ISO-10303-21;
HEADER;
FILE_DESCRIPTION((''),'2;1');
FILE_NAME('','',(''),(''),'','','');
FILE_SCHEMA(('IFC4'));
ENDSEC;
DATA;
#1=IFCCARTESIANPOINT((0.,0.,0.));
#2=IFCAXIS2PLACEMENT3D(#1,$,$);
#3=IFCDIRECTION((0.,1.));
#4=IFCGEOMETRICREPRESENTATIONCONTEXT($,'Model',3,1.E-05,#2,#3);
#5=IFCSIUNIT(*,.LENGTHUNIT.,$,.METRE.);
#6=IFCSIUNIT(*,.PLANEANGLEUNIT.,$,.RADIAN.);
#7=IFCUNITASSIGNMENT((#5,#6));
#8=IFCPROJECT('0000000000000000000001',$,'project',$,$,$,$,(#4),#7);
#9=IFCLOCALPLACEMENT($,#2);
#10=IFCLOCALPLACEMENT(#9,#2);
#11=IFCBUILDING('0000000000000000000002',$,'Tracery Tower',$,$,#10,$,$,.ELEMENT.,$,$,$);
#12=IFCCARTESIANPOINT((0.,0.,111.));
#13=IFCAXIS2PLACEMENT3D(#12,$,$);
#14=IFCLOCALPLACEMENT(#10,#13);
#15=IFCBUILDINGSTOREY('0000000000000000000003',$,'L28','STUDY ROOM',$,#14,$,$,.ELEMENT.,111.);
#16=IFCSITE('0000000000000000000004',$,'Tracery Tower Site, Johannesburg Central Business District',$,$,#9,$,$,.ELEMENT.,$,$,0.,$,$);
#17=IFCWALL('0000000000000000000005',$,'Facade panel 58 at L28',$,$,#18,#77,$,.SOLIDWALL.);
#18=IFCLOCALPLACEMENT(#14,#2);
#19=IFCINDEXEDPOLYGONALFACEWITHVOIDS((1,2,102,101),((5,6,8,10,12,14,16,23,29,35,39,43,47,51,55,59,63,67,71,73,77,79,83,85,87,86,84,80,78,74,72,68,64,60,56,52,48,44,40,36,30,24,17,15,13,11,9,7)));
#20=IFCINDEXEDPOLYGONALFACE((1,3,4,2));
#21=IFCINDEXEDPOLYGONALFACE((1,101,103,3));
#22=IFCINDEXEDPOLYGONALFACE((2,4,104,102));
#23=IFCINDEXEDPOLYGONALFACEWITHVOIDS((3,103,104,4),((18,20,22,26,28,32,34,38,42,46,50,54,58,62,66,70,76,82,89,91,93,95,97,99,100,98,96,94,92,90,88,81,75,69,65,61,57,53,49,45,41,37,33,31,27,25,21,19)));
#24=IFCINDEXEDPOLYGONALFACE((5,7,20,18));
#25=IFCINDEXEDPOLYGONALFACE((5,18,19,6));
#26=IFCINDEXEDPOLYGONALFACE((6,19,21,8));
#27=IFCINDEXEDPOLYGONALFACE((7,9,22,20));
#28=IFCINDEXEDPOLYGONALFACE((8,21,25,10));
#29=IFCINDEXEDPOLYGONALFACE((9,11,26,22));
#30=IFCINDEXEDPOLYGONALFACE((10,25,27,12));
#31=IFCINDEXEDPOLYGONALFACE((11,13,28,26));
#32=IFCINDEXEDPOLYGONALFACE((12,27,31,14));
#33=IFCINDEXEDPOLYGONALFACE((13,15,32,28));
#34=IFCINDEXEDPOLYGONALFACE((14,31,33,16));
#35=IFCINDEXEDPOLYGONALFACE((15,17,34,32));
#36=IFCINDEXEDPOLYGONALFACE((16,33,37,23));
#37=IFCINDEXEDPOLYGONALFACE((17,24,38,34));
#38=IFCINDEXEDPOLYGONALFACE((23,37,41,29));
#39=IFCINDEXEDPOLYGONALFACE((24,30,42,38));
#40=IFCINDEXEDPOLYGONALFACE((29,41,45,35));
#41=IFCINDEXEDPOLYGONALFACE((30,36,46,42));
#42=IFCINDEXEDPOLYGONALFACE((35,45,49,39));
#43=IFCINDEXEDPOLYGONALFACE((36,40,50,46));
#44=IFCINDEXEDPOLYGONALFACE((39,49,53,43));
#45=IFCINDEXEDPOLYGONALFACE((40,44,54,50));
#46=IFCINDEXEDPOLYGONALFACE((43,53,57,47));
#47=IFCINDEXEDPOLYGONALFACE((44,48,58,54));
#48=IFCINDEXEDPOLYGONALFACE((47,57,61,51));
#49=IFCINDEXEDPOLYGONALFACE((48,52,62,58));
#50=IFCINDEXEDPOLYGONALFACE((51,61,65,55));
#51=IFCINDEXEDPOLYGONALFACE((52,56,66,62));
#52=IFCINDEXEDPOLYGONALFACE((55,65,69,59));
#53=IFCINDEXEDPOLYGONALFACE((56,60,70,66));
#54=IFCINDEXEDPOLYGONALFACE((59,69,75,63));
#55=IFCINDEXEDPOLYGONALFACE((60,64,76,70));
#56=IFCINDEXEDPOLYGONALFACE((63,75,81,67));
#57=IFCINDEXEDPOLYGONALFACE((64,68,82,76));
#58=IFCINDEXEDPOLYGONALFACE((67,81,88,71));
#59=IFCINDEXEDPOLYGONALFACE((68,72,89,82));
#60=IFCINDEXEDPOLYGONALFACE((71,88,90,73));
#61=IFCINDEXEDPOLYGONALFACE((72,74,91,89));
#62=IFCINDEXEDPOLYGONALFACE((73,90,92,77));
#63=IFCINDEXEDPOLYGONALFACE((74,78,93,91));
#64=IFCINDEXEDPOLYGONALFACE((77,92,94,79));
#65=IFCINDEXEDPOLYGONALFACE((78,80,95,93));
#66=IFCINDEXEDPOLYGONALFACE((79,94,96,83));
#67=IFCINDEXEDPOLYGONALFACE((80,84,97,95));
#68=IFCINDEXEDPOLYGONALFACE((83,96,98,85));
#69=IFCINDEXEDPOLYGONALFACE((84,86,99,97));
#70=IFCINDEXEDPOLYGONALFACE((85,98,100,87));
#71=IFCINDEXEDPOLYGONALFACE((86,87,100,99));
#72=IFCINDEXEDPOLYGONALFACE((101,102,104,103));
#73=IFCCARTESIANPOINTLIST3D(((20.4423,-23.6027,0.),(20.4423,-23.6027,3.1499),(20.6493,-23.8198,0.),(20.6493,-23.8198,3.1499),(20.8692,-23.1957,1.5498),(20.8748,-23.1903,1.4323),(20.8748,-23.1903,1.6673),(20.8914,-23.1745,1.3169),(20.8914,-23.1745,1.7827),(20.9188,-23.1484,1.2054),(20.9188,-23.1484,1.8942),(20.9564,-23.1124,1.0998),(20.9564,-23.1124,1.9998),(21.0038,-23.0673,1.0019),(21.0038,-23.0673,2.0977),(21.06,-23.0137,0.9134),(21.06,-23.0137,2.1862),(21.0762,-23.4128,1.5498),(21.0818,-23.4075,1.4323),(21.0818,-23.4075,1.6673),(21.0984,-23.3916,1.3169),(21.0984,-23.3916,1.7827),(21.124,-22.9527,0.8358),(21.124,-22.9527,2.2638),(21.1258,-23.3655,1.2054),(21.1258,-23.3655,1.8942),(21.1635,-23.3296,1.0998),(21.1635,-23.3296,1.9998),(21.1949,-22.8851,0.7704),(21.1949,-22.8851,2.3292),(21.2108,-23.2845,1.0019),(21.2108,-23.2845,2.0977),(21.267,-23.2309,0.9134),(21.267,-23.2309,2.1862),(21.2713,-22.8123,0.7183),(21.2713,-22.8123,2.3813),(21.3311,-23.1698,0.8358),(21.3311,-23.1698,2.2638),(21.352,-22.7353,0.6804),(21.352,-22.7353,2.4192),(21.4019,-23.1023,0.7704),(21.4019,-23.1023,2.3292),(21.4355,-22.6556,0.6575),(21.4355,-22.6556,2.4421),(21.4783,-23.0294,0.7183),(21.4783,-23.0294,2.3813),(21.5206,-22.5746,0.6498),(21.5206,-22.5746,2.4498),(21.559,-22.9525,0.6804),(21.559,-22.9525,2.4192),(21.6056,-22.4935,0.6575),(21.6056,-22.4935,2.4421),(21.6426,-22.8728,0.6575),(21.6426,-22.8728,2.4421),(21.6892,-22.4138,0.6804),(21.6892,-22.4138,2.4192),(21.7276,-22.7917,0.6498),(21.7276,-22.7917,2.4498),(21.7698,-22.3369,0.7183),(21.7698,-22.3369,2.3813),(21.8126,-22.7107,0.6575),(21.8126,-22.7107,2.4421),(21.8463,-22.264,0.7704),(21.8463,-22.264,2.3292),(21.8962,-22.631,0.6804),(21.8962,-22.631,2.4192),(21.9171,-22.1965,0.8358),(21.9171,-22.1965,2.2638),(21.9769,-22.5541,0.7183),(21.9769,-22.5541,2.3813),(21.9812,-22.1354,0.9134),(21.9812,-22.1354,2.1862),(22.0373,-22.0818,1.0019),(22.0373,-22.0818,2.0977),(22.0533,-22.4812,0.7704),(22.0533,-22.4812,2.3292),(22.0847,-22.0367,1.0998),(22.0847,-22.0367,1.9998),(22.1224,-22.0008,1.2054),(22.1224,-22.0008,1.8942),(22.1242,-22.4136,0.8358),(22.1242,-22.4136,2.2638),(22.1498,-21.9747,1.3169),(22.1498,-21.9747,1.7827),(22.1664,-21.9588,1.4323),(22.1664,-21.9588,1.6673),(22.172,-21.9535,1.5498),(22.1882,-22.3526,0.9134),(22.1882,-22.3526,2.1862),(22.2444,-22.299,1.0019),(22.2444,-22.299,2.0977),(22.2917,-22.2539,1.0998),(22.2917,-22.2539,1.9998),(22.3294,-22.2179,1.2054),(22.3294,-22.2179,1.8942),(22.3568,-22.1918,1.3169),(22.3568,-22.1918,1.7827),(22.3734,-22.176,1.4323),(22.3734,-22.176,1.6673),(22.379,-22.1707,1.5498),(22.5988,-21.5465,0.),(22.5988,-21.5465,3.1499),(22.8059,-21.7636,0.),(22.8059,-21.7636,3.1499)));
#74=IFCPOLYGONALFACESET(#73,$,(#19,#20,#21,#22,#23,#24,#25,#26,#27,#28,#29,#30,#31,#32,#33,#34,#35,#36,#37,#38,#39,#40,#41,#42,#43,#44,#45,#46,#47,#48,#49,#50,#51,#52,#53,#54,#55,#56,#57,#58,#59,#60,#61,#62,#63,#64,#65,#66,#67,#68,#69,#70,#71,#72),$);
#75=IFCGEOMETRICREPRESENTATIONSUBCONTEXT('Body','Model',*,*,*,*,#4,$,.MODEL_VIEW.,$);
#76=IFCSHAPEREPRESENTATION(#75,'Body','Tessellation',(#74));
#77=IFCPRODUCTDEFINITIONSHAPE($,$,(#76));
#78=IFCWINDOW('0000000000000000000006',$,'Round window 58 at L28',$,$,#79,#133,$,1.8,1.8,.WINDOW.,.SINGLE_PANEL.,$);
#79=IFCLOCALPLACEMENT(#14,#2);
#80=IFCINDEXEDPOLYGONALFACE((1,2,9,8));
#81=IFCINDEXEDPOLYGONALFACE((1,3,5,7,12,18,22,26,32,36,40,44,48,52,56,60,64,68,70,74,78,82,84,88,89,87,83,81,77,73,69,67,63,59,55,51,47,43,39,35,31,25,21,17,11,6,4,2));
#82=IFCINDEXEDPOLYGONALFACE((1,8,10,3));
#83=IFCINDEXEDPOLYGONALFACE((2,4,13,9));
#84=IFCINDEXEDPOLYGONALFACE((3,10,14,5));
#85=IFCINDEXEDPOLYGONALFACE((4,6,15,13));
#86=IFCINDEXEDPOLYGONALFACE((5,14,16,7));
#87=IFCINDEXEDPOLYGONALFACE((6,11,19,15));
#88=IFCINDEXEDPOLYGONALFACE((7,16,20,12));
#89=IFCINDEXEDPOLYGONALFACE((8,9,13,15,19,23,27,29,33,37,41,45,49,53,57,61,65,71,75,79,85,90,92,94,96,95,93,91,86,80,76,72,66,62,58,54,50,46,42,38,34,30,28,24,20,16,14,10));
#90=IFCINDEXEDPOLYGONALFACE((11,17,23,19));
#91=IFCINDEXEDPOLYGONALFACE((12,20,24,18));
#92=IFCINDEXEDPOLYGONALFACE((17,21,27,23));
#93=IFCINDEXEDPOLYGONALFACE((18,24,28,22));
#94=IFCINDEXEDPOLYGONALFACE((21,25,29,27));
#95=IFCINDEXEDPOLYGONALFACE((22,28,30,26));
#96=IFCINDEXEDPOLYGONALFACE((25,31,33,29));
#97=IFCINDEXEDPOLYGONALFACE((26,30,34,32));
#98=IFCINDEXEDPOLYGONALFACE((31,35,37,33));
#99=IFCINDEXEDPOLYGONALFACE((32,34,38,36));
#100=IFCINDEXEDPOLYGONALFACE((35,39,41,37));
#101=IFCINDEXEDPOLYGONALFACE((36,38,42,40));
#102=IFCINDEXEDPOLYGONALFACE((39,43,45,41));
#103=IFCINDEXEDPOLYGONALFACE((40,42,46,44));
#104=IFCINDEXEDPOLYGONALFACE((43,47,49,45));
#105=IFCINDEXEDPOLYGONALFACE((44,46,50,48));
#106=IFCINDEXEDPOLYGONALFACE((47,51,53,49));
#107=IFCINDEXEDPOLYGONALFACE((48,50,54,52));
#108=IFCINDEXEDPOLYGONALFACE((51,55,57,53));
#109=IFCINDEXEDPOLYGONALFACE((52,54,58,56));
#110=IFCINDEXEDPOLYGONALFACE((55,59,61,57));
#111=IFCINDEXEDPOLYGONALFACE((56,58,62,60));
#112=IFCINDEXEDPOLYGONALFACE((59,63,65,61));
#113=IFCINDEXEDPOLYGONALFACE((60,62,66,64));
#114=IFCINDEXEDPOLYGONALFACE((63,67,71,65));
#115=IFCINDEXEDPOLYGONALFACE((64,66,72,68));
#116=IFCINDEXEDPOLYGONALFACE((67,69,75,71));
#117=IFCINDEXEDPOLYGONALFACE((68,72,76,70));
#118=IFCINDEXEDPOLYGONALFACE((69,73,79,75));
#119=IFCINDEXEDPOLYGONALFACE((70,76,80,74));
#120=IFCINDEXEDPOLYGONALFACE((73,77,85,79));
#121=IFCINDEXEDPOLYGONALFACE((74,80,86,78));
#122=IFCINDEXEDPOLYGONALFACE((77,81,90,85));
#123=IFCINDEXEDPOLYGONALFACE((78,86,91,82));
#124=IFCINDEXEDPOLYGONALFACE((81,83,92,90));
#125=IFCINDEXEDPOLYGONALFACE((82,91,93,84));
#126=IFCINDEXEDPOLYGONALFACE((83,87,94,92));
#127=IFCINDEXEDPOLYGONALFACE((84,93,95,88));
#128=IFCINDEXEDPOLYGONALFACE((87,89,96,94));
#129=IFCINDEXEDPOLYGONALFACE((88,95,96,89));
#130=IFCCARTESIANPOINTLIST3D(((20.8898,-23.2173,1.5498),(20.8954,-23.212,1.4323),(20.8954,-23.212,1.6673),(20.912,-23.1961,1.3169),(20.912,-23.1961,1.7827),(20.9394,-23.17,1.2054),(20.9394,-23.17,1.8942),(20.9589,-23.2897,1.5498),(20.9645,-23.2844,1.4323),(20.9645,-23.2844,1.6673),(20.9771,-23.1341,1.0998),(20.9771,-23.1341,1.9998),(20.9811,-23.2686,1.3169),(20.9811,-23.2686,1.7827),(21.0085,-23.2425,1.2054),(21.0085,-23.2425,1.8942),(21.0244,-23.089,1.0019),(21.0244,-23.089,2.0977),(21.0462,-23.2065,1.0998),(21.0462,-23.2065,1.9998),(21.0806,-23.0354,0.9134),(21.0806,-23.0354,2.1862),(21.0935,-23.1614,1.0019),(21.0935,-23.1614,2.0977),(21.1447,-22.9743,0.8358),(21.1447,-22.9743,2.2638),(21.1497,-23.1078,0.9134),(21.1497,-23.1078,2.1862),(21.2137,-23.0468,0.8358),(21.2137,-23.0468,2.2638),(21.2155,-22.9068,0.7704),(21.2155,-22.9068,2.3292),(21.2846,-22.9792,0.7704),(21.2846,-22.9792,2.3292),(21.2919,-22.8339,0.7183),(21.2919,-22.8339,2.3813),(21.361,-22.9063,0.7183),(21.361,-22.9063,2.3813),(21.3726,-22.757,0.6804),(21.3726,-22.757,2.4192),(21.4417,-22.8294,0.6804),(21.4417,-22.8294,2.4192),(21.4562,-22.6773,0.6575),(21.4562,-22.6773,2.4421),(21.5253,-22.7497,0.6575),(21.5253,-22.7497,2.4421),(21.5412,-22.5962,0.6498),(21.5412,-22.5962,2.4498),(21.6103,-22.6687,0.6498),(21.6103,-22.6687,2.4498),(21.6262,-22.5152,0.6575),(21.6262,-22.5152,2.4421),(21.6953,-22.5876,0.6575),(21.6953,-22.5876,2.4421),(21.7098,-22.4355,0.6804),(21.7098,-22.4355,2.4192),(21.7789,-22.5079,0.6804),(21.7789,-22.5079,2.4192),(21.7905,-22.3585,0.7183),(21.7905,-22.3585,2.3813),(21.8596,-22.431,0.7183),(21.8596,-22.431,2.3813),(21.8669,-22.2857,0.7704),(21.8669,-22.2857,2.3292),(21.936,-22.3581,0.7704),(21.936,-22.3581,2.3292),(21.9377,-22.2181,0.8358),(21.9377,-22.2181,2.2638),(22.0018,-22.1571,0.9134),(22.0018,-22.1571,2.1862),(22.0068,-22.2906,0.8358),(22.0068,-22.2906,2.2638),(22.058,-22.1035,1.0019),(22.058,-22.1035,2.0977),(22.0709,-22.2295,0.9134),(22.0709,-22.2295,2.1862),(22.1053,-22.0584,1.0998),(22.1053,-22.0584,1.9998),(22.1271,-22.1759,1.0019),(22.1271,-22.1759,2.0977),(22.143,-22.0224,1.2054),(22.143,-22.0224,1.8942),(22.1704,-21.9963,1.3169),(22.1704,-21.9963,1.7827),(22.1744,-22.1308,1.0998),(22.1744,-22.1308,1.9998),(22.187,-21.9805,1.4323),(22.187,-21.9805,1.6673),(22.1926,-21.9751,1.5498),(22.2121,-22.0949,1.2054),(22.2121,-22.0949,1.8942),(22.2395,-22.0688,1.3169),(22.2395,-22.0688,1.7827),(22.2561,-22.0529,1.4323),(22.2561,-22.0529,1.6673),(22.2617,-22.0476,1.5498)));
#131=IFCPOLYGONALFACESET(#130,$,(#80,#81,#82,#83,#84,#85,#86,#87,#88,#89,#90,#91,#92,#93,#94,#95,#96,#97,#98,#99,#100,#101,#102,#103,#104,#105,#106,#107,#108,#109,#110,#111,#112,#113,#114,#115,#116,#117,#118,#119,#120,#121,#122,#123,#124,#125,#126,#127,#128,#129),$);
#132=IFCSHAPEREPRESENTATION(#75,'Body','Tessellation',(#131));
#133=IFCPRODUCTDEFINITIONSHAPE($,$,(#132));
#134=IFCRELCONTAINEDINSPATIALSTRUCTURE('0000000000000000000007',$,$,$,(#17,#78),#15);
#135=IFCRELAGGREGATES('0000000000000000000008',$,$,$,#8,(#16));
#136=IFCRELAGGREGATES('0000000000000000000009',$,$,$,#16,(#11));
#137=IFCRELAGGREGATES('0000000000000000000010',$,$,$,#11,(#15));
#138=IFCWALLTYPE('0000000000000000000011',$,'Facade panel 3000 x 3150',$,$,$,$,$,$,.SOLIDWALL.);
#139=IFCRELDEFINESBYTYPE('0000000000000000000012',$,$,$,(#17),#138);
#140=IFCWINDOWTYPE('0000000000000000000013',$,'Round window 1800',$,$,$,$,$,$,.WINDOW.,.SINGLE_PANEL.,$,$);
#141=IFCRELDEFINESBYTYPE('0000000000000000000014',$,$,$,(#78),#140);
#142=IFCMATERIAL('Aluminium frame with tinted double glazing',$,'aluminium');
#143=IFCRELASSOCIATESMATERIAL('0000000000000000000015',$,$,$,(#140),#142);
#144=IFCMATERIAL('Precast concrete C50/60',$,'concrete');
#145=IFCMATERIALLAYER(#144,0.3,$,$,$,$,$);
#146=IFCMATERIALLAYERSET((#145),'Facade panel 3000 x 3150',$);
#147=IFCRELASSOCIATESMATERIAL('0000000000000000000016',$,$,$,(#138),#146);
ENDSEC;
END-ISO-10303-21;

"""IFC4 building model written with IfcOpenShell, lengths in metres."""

from ifc_helpers import new_model, si_unit, direction, frame, frame_2d, origin, origin_2d, place, context, subcontext, project, spatial, rectangle, circle, extrude, material, layer, layer_set, type_object, element, fill, save


model = new_model("IFC4")

# Units and contexts
model_context = context("Model", 3, precision=1e-05, world=origin(), true_north=direction((0.0, 1.0)))
body_context = subcontext(model_context, "Body", "Model", "MODEL_VIEW")
ifc_project = project(units=[si_unit("LENGTHUNIT", "METRE"), si_unit("PLANEANGLEUNIT", "RADIAN")], contexts=[model_context])

# Site, building, storey
site_placement = place(None, origin())
site = spatial("IfcSite", under=ifc_project, at=site_placement, Name="Tracery Tower Site, Johannesburg Central Business District", CompositionType="ELEMENT", RefElevation=0.0)
building_placement = place(site_placement, origin())
building = spatial("IfcBuilding", under=site, at=building_placement, Name="Tracery Tower", CompositionType="ELEMENT")
storey_placement = place(building_placement, frame((0.0, 0.0, 111.0)))
storey = spatial("IfcBuildingStorey", under=building, at=storey_placement, Name="L28", Description="STUDY ROOM", CompositionType="ELEMENT", Elevation=111.0)

# Wall, opening, window
ifc_material_1 = material(Name="Aluminium frame with tinted double glazing", Category="aluminium")
window_type = type_object("IfcWindowType", Name="Round window 1800", PartitioningType="SINGLE_PANEL", PredefinedType="WINDOW", material=ifc_material_1)
ifc_material_2 = material(Name="Precast concrete C50/60", Category="concrete")
ifc_layer_1 = layer(ifc_material_2, 0.3)
ifc_layer_set_1 = layer_set([ifc_layer_1], Name="Facade panel 3000 x 3150")
wall_type_1 = type_object("IfcWallType", Name="Facade panel 3000 x 3150", PredefinedType="SOLIDWALL", material=ifc_layer_set_1)
wall_1_placement = place(storey_placement, frame((20.5459, -23.7112, 0.0), z_axis=(0.0, 0.0, 1.0), x_axis=(0.723744, 0.690068, 0.0)))
wall_1 = element("IfcWall", 1, at=wall_1_placement, inside=storey, type_object=wall_type_1, Name="Facade panel 58 at L28", PredefinedType="SOLIDWALL", context=body_context, shape_type="SweptSolid", body=[
    extrude(rectangle(XDim=2.9797, YDim=0.3, at=frame_2d((1.4897, 0.0))), origin(), (0.0, 0.0, 1.0), 3.1499),
])
opening_1_placement = place(wall_1_placement, frame((1.4897, 0.0, 1.5498)))
opening_1 = element("IfcOpeningElement", 2, at=opening_1_placement, cuts=wall_1, PredefinedType="OPENING", context=body_context, shape_type="SweptSolid", body=[
    extrude(circle(Radius=0.9, at=origin_2d()), frame((0.0, 0.1599, 0.0), z_axis=(0.0, -1.0, 0.0), x_axis=(1.0, 0.0, 0.0)), (0.0, 0.0, 1.0), 0.3201),
])
window_1_placement = place(opening_1_placement, origin())
window_1 = element("IfcWindow", 3, at=window_1_placement, inside=storey, type_object=window_type, Name="Round window 58 at L28", OverallHeight=1.8, OverallWidth=1.8, PartitioningType="SINGLE_PANEL", PredefinedType="WINDOW", context=body_context, shape_type="SweptSolid", body=[
    extrude(circle(Radius=0.9, at=origin_2d()), frame((0.0, 0.1201, 0.0), z_axis=(0.0, -1.0, 0.0), x_axis=(1.0, 0.0, 0.0)), (0.0, 0.0, 1.0), 0.1001),
])
fill(opening_1, window_1)

save(model, "model.ifc")
